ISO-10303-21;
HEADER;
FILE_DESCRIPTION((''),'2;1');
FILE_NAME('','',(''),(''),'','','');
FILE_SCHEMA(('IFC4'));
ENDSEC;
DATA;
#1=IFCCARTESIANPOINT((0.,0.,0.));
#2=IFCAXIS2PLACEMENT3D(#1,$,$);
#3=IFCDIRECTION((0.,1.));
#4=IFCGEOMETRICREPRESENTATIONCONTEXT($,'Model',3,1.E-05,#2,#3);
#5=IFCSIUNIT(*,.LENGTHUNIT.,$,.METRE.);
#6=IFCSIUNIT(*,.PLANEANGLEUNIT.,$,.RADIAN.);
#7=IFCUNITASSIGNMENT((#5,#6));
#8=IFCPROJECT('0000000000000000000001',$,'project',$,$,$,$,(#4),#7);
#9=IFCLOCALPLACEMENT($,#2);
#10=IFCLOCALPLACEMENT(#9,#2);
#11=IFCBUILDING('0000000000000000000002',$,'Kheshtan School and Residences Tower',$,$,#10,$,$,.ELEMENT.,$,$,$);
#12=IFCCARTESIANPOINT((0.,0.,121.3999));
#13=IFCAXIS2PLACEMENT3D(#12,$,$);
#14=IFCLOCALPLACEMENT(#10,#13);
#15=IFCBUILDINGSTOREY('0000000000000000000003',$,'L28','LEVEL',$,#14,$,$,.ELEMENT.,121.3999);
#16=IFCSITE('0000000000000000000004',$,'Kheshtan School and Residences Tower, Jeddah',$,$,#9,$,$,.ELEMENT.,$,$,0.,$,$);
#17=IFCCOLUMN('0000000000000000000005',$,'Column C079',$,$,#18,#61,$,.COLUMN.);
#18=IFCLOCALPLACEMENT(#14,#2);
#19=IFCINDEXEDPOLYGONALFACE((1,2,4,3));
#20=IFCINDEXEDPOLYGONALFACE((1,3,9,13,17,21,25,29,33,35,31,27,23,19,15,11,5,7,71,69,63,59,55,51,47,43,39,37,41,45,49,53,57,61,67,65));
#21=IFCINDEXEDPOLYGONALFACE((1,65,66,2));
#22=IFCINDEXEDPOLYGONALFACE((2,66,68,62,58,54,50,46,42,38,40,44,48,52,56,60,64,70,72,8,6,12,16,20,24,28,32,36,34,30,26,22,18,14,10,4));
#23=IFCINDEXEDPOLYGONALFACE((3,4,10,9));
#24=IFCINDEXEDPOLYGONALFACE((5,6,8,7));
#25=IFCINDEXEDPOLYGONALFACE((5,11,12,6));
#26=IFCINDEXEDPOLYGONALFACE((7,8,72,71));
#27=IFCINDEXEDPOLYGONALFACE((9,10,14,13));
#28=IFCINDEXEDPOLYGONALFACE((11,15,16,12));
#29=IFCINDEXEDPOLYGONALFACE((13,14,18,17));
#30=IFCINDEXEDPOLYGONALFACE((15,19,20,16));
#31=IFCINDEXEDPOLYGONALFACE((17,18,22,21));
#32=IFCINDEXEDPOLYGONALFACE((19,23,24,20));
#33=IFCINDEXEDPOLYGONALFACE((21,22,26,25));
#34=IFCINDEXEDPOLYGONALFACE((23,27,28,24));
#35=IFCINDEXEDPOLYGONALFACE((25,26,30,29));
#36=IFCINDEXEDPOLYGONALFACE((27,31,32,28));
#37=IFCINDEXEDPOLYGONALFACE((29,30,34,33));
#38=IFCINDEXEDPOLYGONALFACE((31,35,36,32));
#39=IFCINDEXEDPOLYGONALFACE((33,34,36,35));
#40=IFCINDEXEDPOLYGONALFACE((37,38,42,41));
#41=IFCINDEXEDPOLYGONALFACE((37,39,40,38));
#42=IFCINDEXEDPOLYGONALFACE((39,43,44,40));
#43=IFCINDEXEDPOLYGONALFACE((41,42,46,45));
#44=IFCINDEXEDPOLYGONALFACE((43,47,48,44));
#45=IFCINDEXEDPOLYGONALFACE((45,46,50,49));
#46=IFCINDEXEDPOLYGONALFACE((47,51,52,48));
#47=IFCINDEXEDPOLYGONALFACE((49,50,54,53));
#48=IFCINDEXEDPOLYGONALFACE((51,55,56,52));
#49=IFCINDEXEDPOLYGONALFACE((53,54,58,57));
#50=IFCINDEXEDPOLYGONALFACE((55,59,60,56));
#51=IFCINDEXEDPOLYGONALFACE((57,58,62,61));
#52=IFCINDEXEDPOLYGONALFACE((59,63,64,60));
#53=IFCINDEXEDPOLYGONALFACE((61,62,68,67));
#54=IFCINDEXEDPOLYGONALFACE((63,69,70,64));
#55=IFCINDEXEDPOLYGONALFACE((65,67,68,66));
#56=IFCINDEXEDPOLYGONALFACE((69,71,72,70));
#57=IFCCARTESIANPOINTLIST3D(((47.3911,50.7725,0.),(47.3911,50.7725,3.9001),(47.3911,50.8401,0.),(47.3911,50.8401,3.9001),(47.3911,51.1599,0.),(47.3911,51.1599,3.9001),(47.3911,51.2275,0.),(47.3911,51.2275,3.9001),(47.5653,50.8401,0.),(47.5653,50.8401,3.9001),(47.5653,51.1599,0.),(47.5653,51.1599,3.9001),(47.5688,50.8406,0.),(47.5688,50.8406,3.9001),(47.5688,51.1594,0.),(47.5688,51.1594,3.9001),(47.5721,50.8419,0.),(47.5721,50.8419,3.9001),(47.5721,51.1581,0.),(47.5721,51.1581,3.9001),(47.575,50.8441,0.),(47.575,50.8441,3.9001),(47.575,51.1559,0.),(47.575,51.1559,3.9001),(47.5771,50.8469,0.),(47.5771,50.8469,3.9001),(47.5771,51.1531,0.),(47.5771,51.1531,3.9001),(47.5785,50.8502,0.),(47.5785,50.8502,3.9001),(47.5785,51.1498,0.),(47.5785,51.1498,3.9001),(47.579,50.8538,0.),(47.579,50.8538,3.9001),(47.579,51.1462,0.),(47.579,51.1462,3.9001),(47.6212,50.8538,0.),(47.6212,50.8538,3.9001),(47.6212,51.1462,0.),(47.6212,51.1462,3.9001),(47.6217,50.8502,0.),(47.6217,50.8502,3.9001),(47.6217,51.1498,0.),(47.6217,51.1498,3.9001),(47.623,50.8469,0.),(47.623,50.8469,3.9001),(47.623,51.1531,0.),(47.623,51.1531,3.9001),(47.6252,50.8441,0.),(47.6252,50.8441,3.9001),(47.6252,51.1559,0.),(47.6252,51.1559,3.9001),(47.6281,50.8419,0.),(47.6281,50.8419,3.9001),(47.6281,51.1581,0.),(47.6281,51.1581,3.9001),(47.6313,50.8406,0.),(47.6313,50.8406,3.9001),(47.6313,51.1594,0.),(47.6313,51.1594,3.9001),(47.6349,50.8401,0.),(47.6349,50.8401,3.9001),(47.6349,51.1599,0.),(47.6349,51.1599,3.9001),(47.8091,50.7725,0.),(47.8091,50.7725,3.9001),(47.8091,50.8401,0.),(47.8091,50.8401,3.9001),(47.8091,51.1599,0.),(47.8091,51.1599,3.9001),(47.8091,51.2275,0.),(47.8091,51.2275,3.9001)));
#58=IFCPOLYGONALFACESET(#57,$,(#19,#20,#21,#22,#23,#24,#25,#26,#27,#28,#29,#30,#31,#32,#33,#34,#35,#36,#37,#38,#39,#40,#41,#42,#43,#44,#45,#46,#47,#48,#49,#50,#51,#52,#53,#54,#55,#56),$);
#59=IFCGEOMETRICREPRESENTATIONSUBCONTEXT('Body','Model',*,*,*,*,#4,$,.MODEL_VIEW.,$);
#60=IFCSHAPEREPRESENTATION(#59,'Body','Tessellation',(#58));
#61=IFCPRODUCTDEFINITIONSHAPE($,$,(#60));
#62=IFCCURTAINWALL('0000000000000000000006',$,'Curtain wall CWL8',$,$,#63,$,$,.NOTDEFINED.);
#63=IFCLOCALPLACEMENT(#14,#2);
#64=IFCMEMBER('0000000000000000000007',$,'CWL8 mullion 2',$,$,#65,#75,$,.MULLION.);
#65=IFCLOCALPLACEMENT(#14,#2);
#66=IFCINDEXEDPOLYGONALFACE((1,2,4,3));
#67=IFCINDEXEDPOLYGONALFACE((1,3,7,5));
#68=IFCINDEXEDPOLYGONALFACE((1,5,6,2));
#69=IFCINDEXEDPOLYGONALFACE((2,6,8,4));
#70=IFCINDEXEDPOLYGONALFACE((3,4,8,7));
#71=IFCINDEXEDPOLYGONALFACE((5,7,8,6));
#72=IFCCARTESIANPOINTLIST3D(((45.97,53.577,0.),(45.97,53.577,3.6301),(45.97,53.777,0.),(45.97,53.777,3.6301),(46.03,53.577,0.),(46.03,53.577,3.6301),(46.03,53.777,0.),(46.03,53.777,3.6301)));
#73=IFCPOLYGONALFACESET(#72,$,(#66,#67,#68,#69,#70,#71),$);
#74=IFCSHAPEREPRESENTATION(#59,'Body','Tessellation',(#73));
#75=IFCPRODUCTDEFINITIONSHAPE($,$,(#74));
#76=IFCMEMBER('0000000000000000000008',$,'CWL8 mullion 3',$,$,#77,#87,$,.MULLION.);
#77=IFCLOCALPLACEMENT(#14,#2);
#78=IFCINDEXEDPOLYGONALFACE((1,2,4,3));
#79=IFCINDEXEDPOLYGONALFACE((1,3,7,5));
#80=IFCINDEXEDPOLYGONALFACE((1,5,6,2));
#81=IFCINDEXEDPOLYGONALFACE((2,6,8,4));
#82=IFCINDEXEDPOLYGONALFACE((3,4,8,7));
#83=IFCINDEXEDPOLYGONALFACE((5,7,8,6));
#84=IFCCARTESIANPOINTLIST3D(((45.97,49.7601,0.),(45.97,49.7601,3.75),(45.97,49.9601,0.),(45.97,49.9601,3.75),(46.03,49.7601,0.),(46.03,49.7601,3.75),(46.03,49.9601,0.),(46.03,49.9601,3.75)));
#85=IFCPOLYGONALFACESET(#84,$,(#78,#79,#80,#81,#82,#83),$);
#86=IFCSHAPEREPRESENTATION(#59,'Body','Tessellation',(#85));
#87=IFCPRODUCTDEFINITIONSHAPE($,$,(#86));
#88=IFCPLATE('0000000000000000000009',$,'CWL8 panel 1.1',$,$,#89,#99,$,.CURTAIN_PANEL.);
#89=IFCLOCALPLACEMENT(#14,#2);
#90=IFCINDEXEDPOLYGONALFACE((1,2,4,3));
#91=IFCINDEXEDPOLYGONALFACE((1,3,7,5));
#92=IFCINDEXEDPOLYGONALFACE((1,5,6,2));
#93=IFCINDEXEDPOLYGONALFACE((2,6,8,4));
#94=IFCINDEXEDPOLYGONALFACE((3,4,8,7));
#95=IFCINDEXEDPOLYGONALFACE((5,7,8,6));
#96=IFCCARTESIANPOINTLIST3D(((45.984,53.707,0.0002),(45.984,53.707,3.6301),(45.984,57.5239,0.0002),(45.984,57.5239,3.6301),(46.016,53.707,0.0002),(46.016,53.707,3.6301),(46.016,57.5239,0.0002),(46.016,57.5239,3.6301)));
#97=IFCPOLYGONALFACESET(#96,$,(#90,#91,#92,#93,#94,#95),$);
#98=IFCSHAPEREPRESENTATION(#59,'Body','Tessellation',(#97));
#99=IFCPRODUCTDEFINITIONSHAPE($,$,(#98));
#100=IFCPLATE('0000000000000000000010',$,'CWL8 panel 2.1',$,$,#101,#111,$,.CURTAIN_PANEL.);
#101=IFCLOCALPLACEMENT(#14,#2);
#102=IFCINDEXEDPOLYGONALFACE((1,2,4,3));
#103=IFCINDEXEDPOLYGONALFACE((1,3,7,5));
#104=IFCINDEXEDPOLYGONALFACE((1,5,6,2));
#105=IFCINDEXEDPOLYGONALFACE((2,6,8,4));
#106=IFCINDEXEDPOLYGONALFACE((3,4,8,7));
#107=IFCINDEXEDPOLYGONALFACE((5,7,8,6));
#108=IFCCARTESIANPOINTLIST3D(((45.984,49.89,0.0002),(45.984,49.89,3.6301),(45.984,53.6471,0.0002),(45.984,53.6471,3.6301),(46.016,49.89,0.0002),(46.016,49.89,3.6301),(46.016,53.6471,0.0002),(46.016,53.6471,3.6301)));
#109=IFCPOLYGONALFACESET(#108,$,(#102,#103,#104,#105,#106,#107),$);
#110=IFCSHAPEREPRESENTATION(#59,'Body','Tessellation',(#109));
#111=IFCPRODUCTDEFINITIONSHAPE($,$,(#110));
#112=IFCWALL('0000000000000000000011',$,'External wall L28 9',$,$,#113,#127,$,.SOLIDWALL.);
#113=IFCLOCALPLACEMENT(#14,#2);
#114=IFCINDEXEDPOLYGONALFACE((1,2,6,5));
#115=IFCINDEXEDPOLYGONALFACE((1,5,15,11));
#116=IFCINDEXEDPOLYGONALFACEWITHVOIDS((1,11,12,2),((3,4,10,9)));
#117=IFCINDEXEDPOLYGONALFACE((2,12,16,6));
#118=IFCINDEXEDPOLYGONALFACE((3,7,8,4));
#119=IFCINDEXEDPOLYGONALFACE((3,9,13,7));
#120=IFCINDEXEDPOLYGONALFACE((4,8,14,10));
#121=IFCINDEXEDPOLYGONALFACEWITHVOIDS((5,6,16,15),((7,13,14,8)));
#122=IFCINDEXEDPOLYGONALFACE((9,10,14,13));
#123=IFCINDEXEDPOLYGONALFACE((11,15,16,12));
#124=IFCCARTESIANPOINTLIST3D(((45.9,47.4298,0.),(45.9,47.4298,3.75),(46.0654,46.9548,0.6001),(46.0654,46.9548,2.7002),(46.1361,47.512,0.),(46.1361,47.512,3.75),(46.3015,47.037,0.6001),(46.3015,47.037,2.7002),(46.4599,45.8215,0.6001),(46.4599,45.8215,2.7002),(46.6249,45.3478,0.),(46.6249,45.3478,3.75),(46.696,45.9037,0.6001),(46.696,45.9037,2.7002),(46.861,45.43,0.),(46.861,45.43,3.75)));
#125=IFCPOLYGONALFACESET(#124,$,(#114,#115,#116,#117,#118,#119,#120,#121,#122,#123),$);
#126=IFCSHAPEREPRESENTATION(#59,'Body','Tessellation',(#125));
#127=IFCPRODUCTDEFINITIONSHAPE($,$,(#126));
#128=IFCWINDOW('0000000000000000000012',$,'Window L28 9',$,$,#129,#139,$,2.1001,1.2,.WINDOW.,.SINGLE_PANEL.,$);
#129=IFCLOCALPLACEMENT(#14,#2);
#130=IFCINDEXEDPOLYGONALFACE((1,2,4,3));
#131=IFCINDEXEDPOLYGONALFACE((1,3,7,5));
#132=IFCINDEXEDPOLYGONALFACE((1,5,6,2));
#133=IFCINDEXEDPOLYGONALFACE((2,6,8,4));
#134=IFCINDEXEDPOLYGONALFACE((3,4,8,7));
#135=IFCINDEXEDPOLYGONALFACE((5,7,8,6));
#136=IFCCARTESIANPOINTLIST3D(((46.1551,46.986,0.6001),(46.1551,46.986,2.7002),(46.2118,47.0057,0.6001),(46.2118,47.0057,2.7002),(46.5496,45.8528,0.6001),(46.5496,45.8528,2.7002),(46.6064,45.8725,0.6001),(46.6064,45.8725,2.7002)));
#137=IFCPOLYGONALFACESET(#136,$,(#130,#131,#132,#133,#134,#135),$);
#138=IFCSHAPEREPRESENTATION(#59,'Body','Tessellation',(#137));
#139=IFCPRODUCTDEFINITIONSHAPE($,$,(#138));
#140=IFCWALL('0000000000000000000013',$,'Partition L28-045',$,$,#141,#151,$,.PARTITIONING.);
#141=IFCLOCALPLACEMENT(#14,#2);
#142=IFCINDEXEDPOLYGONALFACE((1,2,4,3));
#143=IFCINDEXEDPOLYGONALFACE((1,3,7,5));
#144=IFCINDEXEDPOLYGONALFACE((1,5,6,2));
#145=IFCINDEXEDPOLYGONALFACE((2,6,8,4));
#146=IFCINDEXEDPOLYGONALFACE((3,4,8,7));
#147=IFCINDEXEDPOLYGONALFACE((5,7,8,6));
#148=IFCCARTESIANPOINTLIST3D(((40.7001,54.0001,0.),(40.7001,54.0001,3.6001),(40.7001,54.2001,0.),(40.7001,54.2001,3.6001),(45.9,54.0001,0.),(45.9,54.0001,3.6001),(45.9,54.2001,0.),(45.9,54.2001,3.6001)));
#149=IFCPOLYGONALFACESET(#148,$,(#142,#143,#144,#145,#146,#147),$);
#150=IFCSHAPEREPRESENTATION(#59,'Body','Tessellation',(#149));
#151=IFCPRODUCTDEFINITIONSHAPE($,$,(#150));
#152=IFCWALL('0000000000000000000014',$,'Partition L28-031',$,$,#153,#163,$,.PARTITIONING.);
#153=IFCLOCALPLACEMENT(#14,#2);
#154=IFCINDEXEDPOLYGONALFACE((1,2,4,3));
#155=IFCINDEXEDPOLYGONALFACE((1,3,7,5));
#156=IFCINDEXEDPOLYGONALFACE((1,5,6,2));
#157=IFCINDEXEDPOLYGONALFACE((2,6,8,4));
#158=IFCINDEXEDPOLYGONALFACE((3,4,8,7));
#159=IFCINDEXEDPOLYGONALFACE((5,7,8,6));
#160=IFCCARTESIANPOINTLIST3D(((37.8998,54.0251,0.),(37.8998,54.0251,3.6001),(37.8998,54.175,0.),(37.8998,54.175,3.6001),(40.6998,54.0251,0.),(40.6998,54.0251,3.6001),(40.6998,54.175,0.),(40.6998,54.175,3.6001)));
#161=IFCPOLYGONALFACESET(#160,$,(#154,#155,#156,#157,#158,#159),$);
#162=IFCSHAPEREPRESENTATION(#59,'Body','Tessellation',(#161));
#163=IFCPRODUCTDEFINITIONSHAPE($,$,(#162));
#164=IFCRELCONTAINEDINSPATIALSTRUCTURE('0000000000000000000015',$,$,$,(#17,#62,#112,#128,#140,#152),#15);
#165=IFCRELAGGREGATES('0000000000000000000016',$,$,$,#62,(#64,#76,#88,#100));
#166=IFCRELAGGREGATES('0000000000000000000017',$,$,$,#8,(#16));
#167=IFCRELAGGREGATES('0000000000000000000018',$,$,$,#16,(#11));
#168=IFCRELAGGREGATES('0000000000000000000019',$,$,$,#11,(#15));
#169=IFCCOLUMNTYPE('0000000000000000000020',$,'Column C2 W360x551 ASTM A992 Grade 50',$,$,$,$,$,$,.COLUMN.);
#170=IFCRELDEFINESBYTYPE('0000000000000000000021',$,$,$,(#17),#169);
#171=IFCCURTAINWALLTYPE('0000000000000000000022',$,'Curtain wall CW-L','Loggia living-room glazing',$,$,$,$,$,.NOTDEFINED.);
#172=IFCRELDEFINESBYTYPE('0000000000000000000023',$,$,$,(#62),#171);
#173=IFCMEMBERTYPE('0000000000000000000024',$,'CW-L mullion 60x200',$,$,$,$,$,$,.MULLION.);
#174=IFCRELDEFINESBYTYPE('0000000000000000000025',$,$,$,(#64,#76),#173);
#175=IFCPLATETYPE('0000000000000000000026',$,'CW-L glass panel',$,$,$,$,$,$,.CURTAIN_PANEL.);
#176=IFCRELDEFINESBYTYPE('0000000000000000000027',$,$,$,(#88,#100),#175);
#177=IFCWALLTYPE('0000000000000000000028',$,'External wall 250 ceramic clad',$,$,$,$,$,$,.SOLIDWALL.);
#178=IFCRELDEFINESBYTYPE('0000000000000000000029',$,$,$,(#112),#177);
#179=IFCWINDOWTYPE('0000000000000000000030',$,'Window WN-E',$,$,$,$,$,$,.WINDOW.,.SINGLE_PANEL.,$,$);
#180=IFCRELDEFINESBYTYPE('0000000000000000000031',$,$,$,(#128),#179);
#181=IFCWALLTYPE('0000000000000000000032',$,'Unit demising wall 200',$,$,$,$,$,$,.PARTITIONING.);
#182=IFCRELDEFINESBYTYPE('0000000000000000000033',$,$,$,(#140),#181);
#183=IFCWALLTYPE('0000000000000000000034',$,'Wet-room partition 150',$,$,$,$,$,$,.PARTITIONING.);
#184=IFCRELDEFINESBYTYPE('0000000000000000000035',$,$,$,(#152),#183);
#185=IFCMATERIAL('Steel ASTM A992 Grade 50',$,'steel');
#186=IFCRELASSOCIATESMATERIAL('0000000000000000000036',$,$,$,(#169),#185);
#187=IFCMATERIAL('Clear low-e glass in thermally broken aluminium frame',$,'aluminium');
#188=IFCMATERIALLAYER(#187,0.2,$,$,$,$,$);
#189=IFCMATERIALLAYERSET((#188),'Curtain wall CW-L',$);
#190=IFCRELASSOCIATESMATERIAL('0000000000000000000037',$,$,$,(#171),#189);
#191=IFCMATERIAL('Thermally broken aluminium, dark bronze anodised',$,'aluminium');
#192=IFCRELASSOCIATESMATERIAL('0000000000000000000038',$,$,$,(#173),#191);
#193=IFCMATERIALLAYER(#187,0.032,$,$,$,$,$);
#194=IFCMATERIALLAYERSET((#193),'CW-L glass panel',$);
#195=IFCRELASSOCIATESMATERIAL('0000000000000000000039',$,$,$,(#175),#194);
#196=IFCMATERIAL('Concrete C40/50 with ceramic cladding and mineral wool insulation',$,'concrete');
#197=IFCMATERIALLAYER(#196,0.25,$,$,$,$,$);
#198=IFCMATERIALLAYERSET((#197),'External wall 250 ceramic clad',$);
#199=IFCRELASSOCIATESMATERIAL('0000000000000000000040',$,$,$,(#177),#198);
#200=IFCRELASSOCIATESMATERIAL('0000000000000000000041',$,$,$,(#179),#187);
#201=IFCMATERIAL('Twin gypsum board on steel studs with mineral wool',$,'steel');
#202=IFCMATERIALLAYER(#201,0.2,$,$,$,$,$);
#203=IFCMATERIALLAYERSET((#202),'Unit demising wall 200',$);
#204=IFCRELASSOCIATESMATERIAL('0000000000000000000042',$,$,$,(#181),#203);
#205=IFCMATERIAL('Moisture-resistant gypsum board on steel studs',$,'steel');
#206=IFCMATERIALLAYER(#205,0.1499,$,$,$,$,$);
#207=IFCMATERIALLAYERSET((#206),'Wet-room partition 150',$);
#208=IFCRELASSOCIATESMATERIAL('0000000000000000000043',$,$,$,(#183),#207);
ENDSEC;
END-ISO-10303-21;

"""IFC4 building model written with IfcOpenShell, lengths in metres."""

from ifc_helpers import new_model, si_unit, direction, frame, frame_2d, origin, origin_2d, place, context, subcontext, project, spatial, rectangle, i_section, extrude, source, transform, mapped, material, layer, layer_set, material_profile, profile_set, type_object, element, fill, aggregate, save


model = new_model("IFC4")

# Units and contexts
model_context = context("Model", 3, precision=1e-05, world=origin(), true_north=direction((0.0, 1.0)))
body_context = subcontext(model_context, "Body", "Model", "MODEL_VIEW")
ifc_project = project(units=[si_unit("LENGTHUNIT", "METRE"), si_unit("PLANEANGLEUNIT", "RADIAN")], contexts=[model_context])

# Site, building, storey
site_placement = place(None, origin())
site = spatial("IfcSite", under=ifc_project, at=site_placement, Name="Kheshtan School and Residences Tower, Jeddah", CompositionType="ELEMENT", RefElevation=0.0)
building_placement = place(site_placement, origin())
building = spatial("IfcBuilding", under=site, at=building_placement, Name="Kheshtan School and Residences Tower", CompositionType="ELEMENT")
storey_placement = place(building_placement, frame((0.0, 0.0, 121.3999)))
storey = spatial("IfcBuildingStorey", under=building, at=storey_placement, Name="L28", Description="LEVEL", CompositionType="ELEMENT", Elevation=121.3999)

# Column
ifc_material_1 = material(Name="Steel ASTM A992 Grade 50", Category="steel")
ifc_material_profile_1 = material_profile(ifc_material_1, i_section(OverallWidth=0.418, OverallDepth=0.4551, WebThickness=0.0422, FlangeThickness=0.0676, FilletRadius=0.0137, at=origin_2d()), Name="W360x551")
ifc_profile_set_1 = profile_set([ifc_material_profile_1], Name="Steel ASTM A992 Grade 50")
column_type = type_object("IfcColumnType", Name="Column C2 W360x551 ASTM A992 Grade 50", PredefinedType="COLUMN", material=ifc_profile_set_1)
column_placement = place(storey_placement, frame((47.6001, 51.0, 0.0), z_axis=(0.0, 0.0, 1.0), x_axis=(1.0, 0.0, 0.0)))
element("IfcColumn", 1, at=column_placement, inside=storey, type_object=column_type, Name="Column C079", PredefinedType="COLUMN", context=body_context, shape_type="SweptSolid", body=[
    extrude(i_section(OverallWidth=0.418, OverallDepth=0.4551, WebThickness=0.0422, FlangeThickness=0.0676, FilletRadius=0.0137, at=origin_2d()), origin(), (0.0, 0.0, 1.0), 3.9001),
])

# Curtain wall, members, plates
ifc_material_2 = material(Name="Clear low-e glass in thermally broken aluminium frame", Category="aluminium")
ifc_layer_1 = layer(ifc_material_2, 0.2)
ifc_layer_set_1 = layer_set([ifc_layer_1], Name="Curtain wall CW-L")
curtain_wall_type = type_object("IfcCurtainWallType", Name="Curtain wall CW-L", Description="Loggia living-room glazing", PredefinedType="NOTDEFINED", material=ifc_layer_set_1)
curtain_wall_placement = place(storey_placement, origin())
curtain_wall = element("IfcCurtainWall", 2, at=curtain_wall_placement, inside=storey, type_object=curtain_wall_type, Name="Curtain wall CWL8", PredefinedType="NOTDEFINED")
ifc_material_3 = material(Name="Thermally broken aluminium, dark bronze anodised", Category="aluminium")
ifc_material_profile_2 = material_profile(ifc_material_3, rectangle(XDim=0.0601, YDim=0.2, at=origin_2d()), Name="CW-L mullion 60x200")
ifc_profile_set_2 = profile_set([ifc_material_profile_2], Name="Thermally broken aluminium, dark bronze anodised")
member_type = type_object("IfcMemberType", Name="CW-L mullion 60x200", PredefinedType="MULLION", material=ifc_profile_set_2)
member_1_placement = place(storey_placement, frame((46.0, 53.677, 0.0), z_axis=(0.0, 0.0, 1.0), x_axis=(1.0, 0.0, 0.0)))
member_1 = element("IfcMember", 3, at=member_1_placement, type_object=member_type, Name="CWL8 mullion 2", PredefinedType="MULLION", context=body_context, shape_type="SweptSolid", body=[
    extrude(rectangle(XDim=0.0601, YDim=0.2, at=origin_2d()), origin(), (0.0, 0.0, 1.0), 3.6301),
])
member_2_placement = place(storey_placement, frame((46.0, 49.8601, 0.0), z_axis=(0.0, 0.0, 1.0), x_axis=(1.0, 0.0, 0.0)))
member_2 = element("IfcMember", 4, at=member_2_placement, type_object=member_type, Name="CWL8 mullion 3", PredefinedType="MULLION", context=body_context, shape_type="SweptSolid", body=[
    extrude(rectangle(XDim=0.0601, YDim=0.2, at=origin_2d()), origin(), (0.0, 0.0, 1.0), 3.75),
])
ifc_layer_2 = layer(ifc_material_2, 0.032)
ifc_layer_set_2 = layer_set([ifc_layer_2], Name="CW-L glass panel")
plate_type = type_object("IfcPlateType", Name="CW-L glass panel", PredefinedType="CURTAIN_PANEL", material=ifc_layer_set_2)
plate_1_placement = place(storey_placement, frame((46.0, 55.6155, 0.0002), z_axis=(0.0, 0.0, 1.0), x_axis=(0.0, -1.0, 0.0)))
plate_1 = element("IfcPlate", 5, at=plate_1_placement, type_object=plate_type, Name="CWL8 panel 1.1", PredefinedType="CURTAIN_PANEL", context=body_context, shape_type="SweptSolid", body=[
    extrude(rectangle(XDim=3.8169, YDim=0.032, at=origin_2d()), origin(), (0.0, 0.0, 1.0), 3.6299),
])
plate_2_placement = place(storey_placement, frame((46.0, 51.7686, 0.0002), z_axis=(0.0, 0.0, 1.0), x_axis=(0.0, -1.0, 0.0)))
plate_2 = element("IfcPlate", 6, at=plate_2_placement, type_object=plate_type, Name="CWL8 panel 2.1", PredefinedType="CURTAIN_PANEL", context=body_context, shape_type="SweptSolid", body=[
    extrude(rectangle(XDim=3.7571, YDim=0.032, at=origin_2d()), origin(), (0.0, 0.0, 1.0), 3.6299),
])
aggregate(curtain_wall, [member_1, member_2, plate_1, plate_2])

# Wall, opening, window
ifc_material_4 = material(Name="Concrete C40/50 with ceramic cladding and mineral wool insulation", Category="concrete")
ifc_layer_3 = layer(ifc_material_4, 0.25)
ifc_layer_set_3 = layer_set([ifc_layer_3], Name="External wall 250 ceramic clad")
wall_type_1 = type_object("IfcWallType", Name="External wall 250 ceramic clad", PredefinedType="SOLIDWALL", material=ifc_layer_set_3)
wall_1_placement = place(storey_placement, frame((46.0181, 47.4709, 0.0), z_axis=(0.0, 0.0, 1.0), x_axis=(0.328791, -0.944403, 0.0)))
wall_1 = element("IfcWall", 7, at=wall_1_placement, inside=storey, type_object=wall_type_1, Name="External wall L28 9", PredefinedType="SOLIDWALL", context=body_context, shape_type="SweptSolid", body=[
    extrude(rectangle(XDim=2.2046, YDim=0.25, at=frame_2d((1.1023, 0.0))), origin(), (0.0, 0.0, 1.0), 3.75),
])
opening_1_placement = place(wall_1_placement, frame((0.5029, 0.0, 0.6001)))
opening_1 = element("IfcOpeningElement", 8, at=opening_1_placement, cuts=wall_1, PredefinedType="OPENING", context=body_context, shape_type="SweptSolid", body=[
    extrude(rectangle(XDim=1.2, YDim=2.1001, at=frame_2d((0.6001, 1.05))), frame((0.0, 0.135, 0.0), z_axis=(0.0, -1.0, 0.0), x_axis=(1.0, 0.0, 0.0)), (0.0, 0.0, 1.0), 0.27),
])
window_type = type_object("IfcWindowType", Name="Window WN-E", PartitioningType="SINGLE_PANEL", PredefinedType="WINDOW", material=ifc_material_2)
shared_shape_1 = source(origin(), body_context, "Body", "SweptSolid", [
    extrude(rectangle(XDim=1.2, YDim=2.1001, at=frame_2d((0.6001, 1.05))), frame((0.0, 0.03, 0.0), z_axis=(0.0, -1.0, 0.0), x_axis=(1.0, 0.0, 0.0)), (0.0, 0.0, 1.0), 0.0601),
])
window_placement = place(opening_1_placement, origin())
window = element("IfcWindow", 9, at=window_placement, inside=storey, type_object=window_type, Name="Window L28 9", OverallHeight=2.1001, OverallWidth=1.2, PartitioningType="SINGLE_PANEL", PredefinedType="WINDOW", context=body_context, shape_type="MappedRepresentation", body=[
    mapped(shared_shape_1, transform((0.0, 0.0, 0.0), x_axis=(1.0, 0.0, 0.0), y_axis=(0.0, 1.0, 0.0), z_axis=(0.0, 0.0, 1.0), scale=1.0)),
])
fill(opening_1, window)

# Walls
ifc_material_5 = material(Name="Twin gypsum board on steel studs with mineral wool", Category="steel")
ifc_layer_4 = layer(ifc_material_5, 0.2)
ifc_layer_set_4 = layer_set([ifc_layer_4], Name="Unit demising wall 200")
wall_type_2 = type_object("IfcWallType", Name="Unit demising wall 200", PredefinedType="PARTITIONING", material=ifc_layer_set_4)
wall_2_placement = place(storey_placement, frame((40.7, 54.1001, 0.0), z_axis=(0.0, 0.0, 1.0), x_axis=(1.0, 0.0, 0.0)))
element("IfcWall", 10, at=wall_2_placement, inside=storey, type_object=wall_type_2, Name="Partition L28-045", PredefinedType="PARTITIONING", context=body_context, shape_type="SweptSolid", body=[
    extrude(rectangle(XDim=5.2, YDim=0.2, at=frame_2d((2.6001, 0.0))), origin(), (0.0, 0.0, 1.0), 3.6001),
])
ifc_material_6 = material(Name="Moisture-resistant gypsum board on steel studs", Category="steel")
ifc_layer_5 = layer(ifc_material_6, 0.1499)
ifc_layer_set_5 = layer_set([ifc_layer_5], Name="Wet-room partition 150")
wall_type_3 = type_object("IfcWallType", Name="Wet-room partition 150", PredefinedType="PARTITIONING", material=ifc_layer_set_5)
wall_3_placement = place(storey_placement, frame((37.8999, 54.1001, 0.0), z_axis=(0.0, 0.0, 1.0), x_axis=(1.0, 0.0, 0.0)))
element("IfcWall", 11, at=wall_3_placement, inside=storey, type_object=wall_type_3, Name="Partition L28-031", PredefinedType="PARTITIONING", context=body_context, shape_type="SweptSolid", body=[
    extrude(rectangle(XDim=2.8, YDim=0.1499, at=frame_2d((1.3999, 0.0))), origin(), (0.0, 0.0, 1.0), 3.6001),
])

save(model, "model.ifc")
